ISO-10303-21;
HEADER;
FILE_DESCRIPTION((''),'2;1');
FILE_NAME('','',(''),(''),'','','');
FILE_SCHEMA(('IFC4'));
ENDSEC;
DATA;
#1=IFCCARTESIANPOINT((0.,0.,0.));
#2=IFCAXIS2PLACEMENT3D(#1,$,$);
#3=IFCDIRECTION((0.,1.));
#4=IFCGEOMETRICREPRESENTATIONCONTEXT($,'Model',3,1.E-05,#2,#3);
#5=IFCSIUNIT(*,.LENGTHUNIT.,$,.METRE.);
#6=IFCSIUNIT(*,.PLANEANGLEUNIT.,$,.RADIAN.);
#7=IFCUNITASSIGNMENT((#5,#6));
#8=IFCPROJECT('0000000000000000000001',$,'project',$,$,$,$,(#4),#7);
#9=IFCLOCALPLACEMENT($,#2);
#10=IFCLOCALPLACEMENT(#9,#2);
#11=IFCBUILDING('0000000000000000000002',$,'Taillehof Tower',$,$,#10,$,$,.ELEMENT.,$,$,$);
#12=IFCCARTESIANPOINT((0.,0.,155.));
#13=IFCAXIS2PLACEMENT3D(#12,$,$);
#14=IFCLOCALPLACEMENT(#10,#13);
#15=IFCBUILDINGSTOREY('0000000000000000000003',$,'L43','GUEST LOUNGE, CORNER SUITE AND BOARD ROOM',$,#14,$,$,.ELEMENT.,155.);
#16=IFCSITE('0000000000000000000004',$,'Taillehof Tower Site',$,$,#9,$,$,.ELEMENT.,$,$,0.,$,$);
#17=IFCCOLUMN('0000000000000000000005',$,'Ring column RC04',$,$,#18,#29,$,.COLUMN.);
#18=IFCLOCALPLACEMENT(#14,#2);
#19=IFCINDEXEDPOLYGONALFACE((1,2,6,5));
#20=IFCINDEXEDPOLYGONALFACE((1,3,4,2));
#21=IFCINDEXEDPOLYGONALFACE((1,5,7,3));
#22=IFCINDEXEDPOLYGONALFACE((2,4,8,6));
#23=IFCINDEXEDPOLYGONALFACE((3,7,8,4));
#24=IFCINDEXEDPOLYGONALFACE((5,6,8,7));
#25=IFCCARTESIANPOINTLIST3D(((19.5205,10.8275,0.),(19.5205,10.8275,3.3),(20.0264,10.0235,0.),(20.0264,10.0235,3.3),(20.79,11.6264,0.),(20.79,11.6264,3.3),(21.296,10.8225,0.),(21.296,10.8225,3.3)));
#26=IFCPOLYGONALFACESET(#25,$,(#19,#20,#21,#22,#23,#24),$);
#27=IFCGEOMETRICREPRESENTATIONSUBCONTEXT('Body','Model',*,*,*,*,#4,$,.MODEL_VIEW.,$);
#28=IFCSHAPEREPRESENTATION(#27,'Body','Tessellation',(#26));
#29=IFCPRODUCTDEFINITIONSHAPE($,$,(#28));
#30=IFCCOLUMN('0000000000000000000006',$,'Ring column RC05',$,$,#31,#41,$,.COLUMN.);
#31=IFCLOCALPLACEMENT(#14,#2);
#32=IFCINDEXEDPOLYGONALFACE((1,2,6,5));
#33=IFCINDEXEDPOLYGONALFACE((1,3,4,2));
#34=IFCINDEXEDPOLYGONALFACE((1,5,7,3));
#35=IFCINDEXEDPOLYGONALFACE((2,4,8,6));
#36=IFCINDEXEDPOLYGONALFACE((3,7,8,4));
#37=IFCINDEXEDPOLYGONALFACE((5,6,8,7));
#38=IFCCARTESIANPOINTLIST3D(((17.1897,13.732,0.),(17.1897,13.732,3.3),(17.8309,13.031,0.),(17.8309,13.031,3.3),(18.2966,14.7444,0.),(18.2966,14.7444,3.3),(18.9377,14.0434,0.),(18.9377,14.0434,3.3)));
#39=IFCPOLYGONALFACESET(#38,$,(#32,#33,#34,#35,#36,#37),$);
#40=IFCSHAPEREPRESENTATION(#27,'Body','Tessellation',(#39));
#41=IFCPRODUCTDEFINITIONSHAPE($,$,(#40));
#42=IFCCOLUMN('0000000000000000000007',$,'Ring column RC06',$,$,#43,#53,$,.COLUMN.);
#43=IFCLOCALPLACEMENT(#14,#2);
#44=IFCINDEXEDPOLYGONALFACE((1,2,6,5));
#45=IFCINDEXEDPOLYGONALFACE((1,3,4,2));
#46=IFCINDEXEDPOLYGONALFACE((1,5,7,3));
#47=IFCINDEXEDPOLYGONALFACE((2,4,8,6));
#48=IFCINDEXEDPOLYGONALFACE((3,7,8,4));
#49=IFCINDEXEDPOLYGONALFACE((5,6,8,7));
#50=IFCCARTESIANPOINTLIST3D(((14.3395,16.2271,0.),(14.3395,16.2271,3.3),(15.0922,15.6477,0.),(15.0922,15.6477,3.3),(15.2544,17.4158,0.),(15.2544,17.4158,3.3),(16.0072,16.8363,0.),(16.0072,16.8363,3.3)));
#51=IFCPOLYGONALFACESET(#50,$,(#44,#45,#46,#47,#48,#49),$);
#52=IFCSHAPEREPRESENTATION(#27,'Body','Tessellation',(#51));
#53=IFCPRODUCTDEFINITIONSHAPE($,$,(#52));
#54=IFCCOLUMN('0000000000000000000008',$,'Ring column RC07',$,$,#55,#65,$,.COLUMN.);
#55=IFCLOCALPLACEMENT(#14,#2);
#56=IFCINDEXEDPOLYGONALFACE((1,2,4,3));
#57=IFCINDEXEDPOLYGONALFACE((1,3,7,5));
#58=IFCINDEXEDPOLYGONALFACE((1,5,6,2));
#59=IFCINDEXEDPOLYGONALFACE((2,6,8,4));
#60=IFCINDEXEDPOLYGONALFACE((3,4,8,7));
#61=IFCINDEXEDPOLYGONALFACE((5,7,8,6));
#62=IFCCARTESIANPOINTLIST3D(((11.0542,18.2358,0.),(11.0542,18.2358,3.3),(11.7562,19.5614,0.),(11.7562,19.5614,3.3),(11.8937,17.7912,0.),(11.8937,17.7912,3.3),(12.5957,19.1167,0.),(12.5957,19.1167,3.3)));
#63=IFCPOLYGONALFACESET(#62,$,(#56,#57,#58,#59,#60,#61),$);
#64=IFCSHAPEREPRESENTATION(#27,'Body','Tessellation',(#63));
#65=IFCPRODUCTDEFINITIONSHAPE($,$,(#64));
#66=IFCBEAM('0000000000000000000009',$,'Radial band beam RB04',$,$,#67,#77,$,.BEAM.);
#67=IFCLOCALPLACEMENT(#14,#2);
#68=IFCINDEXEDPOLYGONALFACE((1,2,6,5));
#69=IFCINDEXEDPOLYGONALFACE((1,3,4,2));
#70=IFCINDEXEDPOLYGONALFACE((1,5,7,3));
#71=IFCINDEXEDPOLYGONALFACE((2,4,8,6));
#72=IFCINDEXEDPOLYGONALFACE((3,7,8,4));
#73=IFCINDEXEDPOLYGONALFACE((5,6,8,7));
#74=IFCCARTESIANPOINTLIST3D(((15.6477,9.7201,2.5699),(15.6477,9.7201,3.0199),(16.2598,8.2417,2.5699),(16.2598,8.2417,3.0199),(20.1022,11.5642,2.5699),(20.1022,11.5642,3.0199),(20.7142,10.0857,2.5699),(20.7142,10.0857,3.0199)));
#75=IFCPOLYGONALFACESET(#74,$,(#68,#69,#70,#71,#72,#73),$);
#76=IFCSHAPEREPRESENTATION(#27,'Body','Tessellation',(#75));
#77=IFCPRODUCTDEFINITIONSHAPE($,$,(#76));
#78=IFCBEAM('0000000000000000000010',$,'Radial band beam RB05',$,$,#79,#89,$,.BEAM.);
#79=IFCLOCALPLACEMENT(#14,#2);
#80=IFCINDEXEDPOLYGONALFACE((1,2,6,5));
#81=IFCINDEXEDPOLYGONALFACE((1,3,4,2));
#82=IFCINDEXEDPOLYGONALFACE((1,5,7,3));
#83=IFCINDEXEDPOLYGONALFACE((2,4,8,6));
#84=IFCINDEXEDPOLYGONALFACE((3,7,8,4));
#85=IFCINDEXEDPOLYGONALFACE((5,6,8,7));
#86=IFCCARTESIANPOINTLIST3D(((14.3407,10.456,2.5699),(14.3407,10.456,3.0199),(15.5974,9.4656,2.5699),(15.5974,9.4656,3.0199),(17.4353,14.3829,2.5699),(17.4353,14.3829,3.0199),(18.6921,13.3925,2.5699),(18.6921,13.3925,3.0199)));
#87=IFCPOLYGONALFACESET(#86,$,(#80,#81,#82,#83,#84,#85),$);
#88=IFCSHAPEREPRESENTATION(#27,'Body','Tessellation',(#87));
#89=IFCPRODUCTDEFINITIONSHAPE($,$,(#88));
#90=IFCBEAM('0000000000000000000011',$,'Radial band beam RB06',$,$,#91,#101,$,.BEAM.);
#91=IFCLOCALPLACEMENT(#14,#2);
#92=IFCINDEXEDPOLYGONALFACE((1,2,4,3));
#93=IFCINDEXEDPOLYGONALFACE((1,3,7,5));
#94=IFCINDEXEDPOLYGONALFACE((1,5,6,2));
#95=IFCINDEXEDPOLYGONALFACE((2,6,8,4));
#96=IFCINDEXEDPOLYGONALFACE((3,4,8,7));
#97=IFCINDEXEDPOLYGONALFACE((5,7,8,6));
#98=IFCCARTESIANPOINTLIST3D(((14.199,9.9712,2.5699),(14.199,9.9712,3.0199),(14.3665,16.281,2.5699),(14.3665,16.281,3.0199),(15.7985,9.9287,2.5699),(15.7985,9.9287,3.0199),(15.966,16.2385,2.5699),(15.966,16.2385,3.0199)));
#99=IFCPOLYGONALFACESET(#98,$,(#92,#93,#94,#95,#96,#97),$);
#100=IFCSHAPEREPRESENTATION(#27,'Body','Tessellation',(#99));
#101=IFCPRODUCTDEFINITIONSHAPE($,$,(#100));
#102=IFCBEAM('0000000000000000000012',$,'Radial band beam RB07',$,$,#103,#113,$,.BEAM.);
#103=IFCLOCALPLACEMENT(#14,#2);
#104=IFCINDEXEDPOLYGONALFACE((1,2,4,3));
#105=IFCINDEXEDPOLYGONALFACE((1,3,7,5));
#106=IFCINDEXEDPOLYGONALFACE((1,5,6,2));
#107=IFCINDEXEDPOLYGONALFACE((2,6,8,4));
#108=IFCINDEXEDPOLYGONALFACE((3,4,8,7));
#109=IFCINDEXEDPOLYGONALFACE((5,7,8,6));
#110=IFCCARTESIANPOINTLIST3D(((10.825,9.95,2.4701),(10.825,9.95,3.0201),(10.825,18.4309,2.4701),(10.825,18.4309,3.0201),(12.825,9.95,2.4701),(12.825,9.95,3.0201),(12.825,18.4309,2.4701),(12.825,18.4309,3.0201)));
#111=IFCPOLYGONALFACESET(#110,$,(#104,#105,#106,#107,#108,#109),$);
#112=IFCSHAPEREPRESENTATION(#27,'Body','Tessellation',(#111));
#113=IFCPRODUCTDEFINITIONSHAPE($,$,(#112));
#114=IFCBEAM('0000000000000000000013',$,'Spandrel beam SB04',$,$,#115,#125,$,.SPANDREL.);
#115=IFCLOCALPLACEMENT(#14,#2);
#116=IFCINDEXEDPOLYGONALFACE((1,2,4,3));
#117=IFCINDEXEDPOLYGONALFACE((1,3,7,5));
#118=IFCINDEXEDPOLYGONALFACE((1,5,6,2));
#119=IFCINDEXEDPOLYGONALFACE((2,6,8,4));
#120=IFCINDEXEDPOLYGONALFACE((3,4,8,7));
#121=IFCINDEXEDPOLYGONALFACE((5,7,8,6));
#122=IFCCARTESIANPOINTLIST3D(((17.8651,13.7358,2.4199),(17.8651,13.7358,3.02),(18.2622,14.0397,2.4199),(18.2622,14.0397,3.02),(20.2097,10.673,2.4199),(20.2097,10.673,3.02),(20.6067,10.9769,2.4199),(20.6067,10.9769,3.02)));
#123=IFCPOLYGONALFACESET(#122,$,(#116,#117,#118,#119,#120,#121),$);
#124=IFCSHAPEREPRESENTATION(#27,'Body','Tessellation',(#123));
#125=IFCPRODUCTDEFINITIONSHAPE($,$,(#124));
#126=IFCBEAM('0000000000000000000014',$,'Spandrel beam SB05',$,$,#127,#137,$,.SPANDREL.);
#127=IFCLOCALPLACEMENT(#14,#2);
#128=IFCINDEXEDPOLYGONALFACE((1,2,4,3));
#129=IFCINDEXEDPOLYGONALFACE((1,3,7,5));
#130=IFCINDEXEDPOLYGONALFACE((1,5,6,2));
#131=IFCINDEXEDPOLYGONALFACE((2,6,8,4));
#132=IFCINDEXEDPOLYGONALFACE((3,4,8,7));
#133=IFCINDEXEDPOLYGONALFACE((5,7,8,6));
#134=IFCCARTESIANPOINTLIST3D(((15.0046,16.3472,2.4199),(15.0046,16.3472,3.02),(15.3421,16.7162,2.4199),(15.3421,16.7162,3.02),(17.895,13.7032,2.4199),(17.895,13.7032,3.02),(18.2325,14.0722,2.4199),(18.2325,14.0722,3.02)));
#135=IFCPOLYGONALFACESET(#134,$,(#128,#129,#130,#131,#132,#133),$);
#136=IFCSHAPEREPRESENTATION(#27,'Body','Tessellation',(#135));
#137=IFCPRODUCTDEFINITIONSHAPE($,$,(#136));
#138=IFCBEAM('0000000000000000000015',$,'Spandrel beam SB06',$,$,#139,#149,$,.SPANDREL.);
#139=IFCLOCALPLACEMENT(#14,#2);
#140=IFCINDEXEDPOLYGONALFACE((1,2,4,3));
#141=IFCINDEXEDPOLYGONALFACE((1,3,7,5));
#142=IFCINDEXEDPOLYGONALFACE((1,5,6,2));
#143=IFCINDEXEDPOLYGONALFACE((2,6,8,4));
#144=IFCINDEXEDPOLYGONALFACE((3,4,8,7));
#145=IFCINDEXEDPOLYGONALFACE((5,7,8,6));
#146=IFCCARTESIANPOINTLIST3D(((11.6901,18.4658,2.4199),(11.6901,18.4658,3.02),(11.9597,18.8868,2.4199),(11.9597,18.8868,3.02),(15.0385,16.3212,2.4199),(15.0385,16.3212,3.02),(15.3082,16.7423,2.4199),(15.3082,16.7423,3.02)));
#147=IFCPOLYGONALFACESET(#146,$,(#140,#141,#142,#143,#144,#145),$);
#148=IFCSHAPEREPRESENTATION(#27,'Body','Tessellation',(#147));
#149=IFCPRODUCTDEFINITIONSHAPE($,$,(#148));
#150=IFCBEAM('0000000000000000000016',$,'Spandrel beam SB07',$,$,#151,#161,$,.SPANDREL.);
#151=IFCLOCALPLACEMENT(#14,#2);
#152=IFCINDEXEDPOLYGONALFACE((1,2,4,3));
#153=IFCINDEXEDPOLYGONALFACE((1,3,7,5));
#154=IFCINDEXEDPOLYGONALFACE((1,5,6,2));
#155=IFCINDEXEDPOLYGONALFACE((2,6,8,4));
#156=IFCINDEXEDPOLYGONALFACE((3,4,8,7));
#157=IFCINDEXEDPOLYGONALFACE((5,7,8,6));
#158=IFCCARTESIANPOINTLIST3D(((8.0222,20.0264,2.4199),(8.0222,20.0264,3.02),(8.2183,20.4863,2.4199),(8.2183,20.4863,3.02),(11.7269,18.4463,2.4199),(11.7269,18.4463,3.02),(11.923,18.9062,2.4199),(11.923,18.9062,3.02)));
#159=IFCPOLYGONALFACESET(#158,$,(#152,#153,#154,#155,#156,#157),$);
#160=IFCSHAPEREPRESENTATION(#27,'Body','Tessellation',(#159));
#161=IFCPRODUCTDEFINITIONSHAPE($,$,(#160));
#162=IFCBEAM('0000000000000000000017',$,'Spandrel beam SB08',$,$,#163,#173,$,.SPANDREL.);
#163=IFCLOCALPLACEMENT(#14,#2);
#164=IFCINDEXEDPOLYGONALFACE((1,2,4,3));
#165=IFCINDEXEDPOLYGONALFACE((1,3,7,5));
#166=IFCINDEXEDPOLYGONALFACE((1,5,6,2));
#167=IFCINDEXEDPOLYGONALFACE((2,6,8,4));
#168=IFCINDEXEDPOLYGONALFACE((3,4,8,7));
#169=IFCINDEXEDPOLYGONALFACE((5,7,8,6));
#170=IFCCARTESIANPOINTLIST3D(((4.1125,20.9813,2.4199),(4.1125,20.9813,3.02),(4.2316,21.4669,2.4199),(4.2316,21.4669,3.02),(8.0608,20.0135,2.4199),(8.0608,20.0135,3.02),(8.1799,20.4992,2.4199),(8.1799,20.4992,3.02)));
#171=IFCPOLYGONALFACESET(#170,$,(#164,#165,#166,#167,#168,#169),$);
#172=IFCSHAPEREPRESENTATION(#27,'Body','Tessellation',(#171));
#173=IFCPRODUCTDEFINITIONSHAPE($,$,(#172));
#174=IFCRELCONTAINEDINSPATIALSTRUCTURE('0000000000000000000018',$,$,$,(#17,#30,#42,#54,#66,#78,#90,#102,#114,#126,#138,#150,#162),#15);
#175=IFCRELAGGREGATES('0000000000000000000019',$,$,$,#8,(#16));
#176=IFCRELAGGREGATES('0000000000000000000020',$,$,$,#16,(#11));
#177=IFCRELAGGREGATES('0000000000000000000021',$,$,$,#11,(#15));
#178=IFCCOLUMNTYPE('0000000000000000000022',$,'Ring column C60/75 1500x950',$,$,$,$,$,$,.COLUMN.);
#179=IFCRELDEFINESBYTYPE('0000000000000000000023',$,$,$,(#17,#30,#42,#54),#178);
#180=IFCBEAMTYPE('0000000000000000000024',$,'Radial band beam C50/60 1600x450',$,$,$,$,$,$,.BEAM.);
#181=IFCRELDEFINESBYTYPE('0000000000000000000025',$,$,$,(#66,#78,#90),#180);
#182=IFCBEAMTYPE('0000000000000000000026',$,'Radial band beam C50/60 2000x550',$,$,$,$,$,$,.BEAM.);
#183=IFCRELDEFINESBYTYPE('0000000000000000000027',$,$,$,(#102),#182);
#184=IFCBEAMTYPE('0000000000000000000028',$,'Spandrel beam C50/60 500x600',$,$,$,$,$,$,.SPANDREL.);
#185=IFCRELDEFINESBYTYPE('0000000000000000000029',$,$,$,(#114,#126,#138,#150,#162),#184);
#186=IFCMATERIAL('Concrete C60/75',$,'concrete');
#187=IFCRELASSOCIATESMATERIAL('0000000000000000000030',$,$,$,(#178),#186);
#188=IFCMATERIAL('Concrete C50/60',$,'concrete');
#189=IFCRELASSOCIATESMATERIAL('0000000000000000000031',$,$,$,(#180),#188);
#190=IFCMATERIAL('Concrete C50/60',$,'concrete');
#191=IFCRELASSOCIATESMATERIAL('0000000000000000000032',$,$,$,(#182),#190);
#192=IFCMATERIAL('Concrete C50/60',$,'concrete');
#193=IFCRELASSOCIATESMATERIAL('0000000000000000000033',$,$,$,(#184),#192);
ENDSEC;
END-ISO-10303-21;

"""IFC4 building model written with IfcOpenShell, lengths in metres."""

from ifc_helpers import new_model, si_unit, direction, frame, origin, origin_2d, place, context, subcontext, project, spatial, rectangle, extrude, material, material_profile, profile_set, type_object, element, save


model = new_model("IFC4")

# Units and contexts
model_context = context("Model", 3, precision=1e-05, world=origin(), true_north=direction((0.0, 1.0)))
body_context = subcontext(model_context, "Body", "Model", "MODEL_VIEW")
ifc_project = project(units=[si_unit("LENGTHUNIT", "METRE"), si_unit("PLANEANGLEUNIT", "RADIAN")], contexts=[model_context])

# Site, building, storey
site_placement = place(None, origin())
site = spatial("IfcSite", under=ifc_project, at=site_placement, Name="Taillehof Tower Site", CompositionType="ELEMENT", RefElevation=0.0)
building_placement = place(site_placement, origin())
building = spatial("IfcBuilding", under=site, at=building_placement, Name="Taillehof Tower", CompositionType="ELEMENT")
storey_placement = place(building_placement, frame((0.0, 0.0, 155.0)))
storey = spatial("IfcBuildingStorey", under=building, at=storey_placement, Name="L43", Description="GUEST LOUNGE, CORNER SUITE AND BOARD ROOM", CompositionType="ELEMENT", Elevation=155.0)

# Columns
ifc_material_1 = material(Name="Concrete C60/75", Category="concrete")
ifc_material_profile_1 = material_profile(ifc_material_1, rectangle(XDim=1.5, YDim=0.95, at=origin_2d()), Name="RC 1500x950")
ifc_profile_set_1 = profile_set([ifc_material_profile_1], Name="Concrete C60/75")
column_type = type_object("IfcColumnType", Name="Ring column C60/75 1500x950", PredefinedType="COLUMN", material=ifc_profile_set_1)
for number, where, z_axis, x_axis, name in (
    (1, (20.4082, 10.825, 0.0), (0.0, 0.0, 1.0), (0.846334, 0.532652, 0.0), "Ring column RC04"),
    (2, (18.0637, 13.8877, 0.0), (0.0, 0.0, 1.0), (0.737879, 0.674933, 0.0), "Ring column RC05"),
    (3, (15.1733, 16.5317, 0.0), (0.0, 0.0, 1.0), (0.609971, 0.792424, 0.0), "Ring column RC06"),
    (4, (11.825, 18.6763, 0.0), (0.0, 0.0, 1.0), (0.468042, 0.883706, 0.0), "Ring column RC07"),
):
    element("IfcColumn", number, at=place(storey_placement, frame(where, z_axis=z_axis, x_axis=x_axis)), inside=storey, type_object=column_type, Name=name, PredefinedType="COLUMN", context=body_context, shape_type="SweptSolid", body=[
        extrude(rectangle(XDim=1.5, YDim=0.95, at=origin_2d()), origin(), (0.0, 0.0, 1.0), 3.3),
    ])

# Beams
ifc_material_2 = material(Name="Concrete C50/60", Category="concrete")
ifc_material_profile_2 = material_profile(ifc_material_2, rectangle(XDim=1.6001, YDim=0.45, at=origin_2d()), Name="RC 1600x450")
ifc_profile_set_2 = profile_set([ifc_material_profile_2], Name="Concrete C50/60")
beam_type_1 = type_object("IfcBeamType", Name="Radial band beam C50/60 1600x450", PredefinedType="BEAM", material=ifc_profile_set_2)
beam_1_placement = place(storey_placement, frame((20.4082, 10.825, 2.7949), z_axis=(-0.923957, -0.382496, 0.0), x_axis=(0.382496, -0.923957, 0.0)))
element("IfcBeam", 5, at=beam_1_placement, inside=storey, type_object=beam_type_1, Name="Radial band beam RB04", PredefinedType="BEAM", context=body_context, shape_type="SweptSolid", body=[
    extrude(rectangle(XDim=1.6001, YDim=0.45, at=origin_2d()), origin(), (0.0, 0.0, 1.0), 4.821),
])
beam_2_placement = place(storey_placement, frame((18.0637, 13.8877, 2.7949), z_axis=(-0.618962, -0.785421, 0.0), x_axis=(0.785421, -0.618962, 0.0)))
element("IfcBeam", 6, at=beam_2_placement, inside=storey, type_object=beam_type_1, Name="Radial band beam RB05", PredefinedType="BEAM", context=body_context, shape_type="SweptSolid", body=[
    extrude(rectangle(XDim=1.6001, YDim=0.45, at=origin_2d()), origin(), (0.0, 0.0, 1.0), 4.9998),
])
beam_3_placement = place(storey_placement, frame((15.1663, 16.2598, 2.7949), z_axis=(-0.026534, -0.999648, 0.0), x_axis=(0.999648, -0.026534, 0.0)))
element("IfcBeam", 7, at=beam_3_placement, inside=storey, type_object=beam_type_1, Name="Radial band beam RB06", PredefinedType="BEAM", context=body_context, shape_type="SweptSolid", body=[
    extrude(rectangle(XDim=1.6001, YDim=0.45, at=origin_2d()), origin(), (0.0, 0.0, 1.0), 6.312),
])
ifc_material_3 = material(Name="Concrete C50/60", Category="concrete")
ifc_material_profile_3 = material_profile(ifc_material_3, rectangle(XDim=2.0, YDim=0.55, at=origin_2d()), Name="RC 2000x550")
ifc_profile_set_3 = profile_set([ifc_material_profile_3], Name="Concrete C50/60")
beam_type_2 = type_object("IfcBeamType", Name="Radial band beam C50/60 2000x550", PredefinedType="BEAM", material=ifc_profile_set_3)
beam_4_placement = place(storey_placement, frame((11.825, 18.4309, 2.7451), z_axis=(0.0, -1.0, 0.0), x_axis=(1.0, 0.0, 0.0)))
element("IfcBeam", 8, at=beam_4_placement, inside=storey, type_object=beam_type_2, Name="Radial band beam RB07", PredefinedType="BEAM", context=body_context, shape_type="SweptSolid", body=[
    extrude(rectangle(XDim=2.0, YDim=0.55, at=origin_2d()), origin(), (0.0, 0.0, 1.0), 8.481),
])
ifc_material_4 = material(Name="Concrete C50/60", Category="concrete")
ifc_material_profile_4 = material_profile(ifc_material_4, rectangle(XDim=0.5, YDim=0.6001, at=origin_2d()), Name="RC 500x600")
ifc_profile_set_4 = profile_set([ifc_material_profile_4], Name="Concrete C50/60")
beam_type_3 = type_object("IfcBeamType", Name="Spandrel beam C50/60 500x600", PredefinedType="SPANDREL", material=ifc_profile_set_4)
beam_5_placement = place(storey_placement, frame((20.4082, 10.825, 2.72), z_axis=(-0.60784, 0.794059, 0.0), x_axis=(-0.794059, -0.60784, 0.0)))
element("IfcBeam", 9, at=beam_5_placement, inside=storey, type_object=beam_type_3, Name="Spandrel beam SB04", PredefinedType="SPANDREL", context=body_context, shape_type="SweptSolid", body=[
    extrude(rectangle(XDim=0.5, YDim=0.6001, at=origin_2d()), origin(), (0.0, 0.0, 1.0), 3.8572),
])
beam_6_placement = place(storey_placement, frame((18.0637, 13.8877, 2.72), z_axis=(-0.73785, 0.674965, 0.0), x_axis=(-0.674965, -0.73785, 0.0)))
element("IfcBeam", 10, at=beam_6_placement, inside=storey, type_object=beam_type_3, Name="Spandrel beam SB05", PredefinedType="SPANDREL", context=body_context, shape_type="SweptSolid", body=[
    extrude(rectangle(XDim=0.5, YDim=0.6001, at=origin_2d()), origin(), (0.0, 0.0, 1.0), 3.9172),
])
beam_7_placement = place(storey_placement, frame((15.1733, 16.5317, 2.72), z_axis=(-0.842093, 0.539332, 0.0), x_axis=(-0.539332, -0.842093, 0.0)))
element("IfcBeam", 11, at=beam_7_placement, inside=storey, type_object=beam_type_3, Name="Spandrel beam SB06", PredefinedType="SPANDREL", context=body_context, shape_type="SweptSolid", body=[
    extrude(rectangle(XDim=0.5, YDim=0.6001, at=origin_2d()), origin(), (0.0, 0.0, 1.0), 3.9763),
])
beam_8_placement = place(storey_placement, frame((11.825, 18.6763, 2.72), z_axis=(-0.919827, 0.392324, 0.0), x_axis=(-0.392324, -0.919827, 0.0)))
element("IfcBeam", 12, at=beam_8_placement, inside=storey, type_object=beam_type_3, Name="Spandrel beam SB07", PredefinedType="SPANDREL", context=body_context, shape_type="SweptSolid", body=[
    extrude(rectangle(XDim=0.5, YDim=0.6001, at=origin_2d()), origin(), (0.0, 0.0, 1.0), 4.0276),
])
beam_9_placement = place(storey_placement, frame((8.1204, 20.2563, 2.72), z_axis=(-0.971249, 0.238068, 0.0), x_axis=(-0.238068, -0.971249, 0.0)))
element("IfcBeam", 13, at=beam_9_placement, inside=storey, type_object=beam_type_3, Name="Spandrel beam SB08", PredefinedType="SPANDREL", context=body_context, shape_type="SweptSolid", body=[
    extrude(rectangle(XDim=0.5, YDim=0.6001, at=origin_2d()), origin(), (0.0, 0.0, 1.0), 4.0652),
])

save(model, "model.ifc")
